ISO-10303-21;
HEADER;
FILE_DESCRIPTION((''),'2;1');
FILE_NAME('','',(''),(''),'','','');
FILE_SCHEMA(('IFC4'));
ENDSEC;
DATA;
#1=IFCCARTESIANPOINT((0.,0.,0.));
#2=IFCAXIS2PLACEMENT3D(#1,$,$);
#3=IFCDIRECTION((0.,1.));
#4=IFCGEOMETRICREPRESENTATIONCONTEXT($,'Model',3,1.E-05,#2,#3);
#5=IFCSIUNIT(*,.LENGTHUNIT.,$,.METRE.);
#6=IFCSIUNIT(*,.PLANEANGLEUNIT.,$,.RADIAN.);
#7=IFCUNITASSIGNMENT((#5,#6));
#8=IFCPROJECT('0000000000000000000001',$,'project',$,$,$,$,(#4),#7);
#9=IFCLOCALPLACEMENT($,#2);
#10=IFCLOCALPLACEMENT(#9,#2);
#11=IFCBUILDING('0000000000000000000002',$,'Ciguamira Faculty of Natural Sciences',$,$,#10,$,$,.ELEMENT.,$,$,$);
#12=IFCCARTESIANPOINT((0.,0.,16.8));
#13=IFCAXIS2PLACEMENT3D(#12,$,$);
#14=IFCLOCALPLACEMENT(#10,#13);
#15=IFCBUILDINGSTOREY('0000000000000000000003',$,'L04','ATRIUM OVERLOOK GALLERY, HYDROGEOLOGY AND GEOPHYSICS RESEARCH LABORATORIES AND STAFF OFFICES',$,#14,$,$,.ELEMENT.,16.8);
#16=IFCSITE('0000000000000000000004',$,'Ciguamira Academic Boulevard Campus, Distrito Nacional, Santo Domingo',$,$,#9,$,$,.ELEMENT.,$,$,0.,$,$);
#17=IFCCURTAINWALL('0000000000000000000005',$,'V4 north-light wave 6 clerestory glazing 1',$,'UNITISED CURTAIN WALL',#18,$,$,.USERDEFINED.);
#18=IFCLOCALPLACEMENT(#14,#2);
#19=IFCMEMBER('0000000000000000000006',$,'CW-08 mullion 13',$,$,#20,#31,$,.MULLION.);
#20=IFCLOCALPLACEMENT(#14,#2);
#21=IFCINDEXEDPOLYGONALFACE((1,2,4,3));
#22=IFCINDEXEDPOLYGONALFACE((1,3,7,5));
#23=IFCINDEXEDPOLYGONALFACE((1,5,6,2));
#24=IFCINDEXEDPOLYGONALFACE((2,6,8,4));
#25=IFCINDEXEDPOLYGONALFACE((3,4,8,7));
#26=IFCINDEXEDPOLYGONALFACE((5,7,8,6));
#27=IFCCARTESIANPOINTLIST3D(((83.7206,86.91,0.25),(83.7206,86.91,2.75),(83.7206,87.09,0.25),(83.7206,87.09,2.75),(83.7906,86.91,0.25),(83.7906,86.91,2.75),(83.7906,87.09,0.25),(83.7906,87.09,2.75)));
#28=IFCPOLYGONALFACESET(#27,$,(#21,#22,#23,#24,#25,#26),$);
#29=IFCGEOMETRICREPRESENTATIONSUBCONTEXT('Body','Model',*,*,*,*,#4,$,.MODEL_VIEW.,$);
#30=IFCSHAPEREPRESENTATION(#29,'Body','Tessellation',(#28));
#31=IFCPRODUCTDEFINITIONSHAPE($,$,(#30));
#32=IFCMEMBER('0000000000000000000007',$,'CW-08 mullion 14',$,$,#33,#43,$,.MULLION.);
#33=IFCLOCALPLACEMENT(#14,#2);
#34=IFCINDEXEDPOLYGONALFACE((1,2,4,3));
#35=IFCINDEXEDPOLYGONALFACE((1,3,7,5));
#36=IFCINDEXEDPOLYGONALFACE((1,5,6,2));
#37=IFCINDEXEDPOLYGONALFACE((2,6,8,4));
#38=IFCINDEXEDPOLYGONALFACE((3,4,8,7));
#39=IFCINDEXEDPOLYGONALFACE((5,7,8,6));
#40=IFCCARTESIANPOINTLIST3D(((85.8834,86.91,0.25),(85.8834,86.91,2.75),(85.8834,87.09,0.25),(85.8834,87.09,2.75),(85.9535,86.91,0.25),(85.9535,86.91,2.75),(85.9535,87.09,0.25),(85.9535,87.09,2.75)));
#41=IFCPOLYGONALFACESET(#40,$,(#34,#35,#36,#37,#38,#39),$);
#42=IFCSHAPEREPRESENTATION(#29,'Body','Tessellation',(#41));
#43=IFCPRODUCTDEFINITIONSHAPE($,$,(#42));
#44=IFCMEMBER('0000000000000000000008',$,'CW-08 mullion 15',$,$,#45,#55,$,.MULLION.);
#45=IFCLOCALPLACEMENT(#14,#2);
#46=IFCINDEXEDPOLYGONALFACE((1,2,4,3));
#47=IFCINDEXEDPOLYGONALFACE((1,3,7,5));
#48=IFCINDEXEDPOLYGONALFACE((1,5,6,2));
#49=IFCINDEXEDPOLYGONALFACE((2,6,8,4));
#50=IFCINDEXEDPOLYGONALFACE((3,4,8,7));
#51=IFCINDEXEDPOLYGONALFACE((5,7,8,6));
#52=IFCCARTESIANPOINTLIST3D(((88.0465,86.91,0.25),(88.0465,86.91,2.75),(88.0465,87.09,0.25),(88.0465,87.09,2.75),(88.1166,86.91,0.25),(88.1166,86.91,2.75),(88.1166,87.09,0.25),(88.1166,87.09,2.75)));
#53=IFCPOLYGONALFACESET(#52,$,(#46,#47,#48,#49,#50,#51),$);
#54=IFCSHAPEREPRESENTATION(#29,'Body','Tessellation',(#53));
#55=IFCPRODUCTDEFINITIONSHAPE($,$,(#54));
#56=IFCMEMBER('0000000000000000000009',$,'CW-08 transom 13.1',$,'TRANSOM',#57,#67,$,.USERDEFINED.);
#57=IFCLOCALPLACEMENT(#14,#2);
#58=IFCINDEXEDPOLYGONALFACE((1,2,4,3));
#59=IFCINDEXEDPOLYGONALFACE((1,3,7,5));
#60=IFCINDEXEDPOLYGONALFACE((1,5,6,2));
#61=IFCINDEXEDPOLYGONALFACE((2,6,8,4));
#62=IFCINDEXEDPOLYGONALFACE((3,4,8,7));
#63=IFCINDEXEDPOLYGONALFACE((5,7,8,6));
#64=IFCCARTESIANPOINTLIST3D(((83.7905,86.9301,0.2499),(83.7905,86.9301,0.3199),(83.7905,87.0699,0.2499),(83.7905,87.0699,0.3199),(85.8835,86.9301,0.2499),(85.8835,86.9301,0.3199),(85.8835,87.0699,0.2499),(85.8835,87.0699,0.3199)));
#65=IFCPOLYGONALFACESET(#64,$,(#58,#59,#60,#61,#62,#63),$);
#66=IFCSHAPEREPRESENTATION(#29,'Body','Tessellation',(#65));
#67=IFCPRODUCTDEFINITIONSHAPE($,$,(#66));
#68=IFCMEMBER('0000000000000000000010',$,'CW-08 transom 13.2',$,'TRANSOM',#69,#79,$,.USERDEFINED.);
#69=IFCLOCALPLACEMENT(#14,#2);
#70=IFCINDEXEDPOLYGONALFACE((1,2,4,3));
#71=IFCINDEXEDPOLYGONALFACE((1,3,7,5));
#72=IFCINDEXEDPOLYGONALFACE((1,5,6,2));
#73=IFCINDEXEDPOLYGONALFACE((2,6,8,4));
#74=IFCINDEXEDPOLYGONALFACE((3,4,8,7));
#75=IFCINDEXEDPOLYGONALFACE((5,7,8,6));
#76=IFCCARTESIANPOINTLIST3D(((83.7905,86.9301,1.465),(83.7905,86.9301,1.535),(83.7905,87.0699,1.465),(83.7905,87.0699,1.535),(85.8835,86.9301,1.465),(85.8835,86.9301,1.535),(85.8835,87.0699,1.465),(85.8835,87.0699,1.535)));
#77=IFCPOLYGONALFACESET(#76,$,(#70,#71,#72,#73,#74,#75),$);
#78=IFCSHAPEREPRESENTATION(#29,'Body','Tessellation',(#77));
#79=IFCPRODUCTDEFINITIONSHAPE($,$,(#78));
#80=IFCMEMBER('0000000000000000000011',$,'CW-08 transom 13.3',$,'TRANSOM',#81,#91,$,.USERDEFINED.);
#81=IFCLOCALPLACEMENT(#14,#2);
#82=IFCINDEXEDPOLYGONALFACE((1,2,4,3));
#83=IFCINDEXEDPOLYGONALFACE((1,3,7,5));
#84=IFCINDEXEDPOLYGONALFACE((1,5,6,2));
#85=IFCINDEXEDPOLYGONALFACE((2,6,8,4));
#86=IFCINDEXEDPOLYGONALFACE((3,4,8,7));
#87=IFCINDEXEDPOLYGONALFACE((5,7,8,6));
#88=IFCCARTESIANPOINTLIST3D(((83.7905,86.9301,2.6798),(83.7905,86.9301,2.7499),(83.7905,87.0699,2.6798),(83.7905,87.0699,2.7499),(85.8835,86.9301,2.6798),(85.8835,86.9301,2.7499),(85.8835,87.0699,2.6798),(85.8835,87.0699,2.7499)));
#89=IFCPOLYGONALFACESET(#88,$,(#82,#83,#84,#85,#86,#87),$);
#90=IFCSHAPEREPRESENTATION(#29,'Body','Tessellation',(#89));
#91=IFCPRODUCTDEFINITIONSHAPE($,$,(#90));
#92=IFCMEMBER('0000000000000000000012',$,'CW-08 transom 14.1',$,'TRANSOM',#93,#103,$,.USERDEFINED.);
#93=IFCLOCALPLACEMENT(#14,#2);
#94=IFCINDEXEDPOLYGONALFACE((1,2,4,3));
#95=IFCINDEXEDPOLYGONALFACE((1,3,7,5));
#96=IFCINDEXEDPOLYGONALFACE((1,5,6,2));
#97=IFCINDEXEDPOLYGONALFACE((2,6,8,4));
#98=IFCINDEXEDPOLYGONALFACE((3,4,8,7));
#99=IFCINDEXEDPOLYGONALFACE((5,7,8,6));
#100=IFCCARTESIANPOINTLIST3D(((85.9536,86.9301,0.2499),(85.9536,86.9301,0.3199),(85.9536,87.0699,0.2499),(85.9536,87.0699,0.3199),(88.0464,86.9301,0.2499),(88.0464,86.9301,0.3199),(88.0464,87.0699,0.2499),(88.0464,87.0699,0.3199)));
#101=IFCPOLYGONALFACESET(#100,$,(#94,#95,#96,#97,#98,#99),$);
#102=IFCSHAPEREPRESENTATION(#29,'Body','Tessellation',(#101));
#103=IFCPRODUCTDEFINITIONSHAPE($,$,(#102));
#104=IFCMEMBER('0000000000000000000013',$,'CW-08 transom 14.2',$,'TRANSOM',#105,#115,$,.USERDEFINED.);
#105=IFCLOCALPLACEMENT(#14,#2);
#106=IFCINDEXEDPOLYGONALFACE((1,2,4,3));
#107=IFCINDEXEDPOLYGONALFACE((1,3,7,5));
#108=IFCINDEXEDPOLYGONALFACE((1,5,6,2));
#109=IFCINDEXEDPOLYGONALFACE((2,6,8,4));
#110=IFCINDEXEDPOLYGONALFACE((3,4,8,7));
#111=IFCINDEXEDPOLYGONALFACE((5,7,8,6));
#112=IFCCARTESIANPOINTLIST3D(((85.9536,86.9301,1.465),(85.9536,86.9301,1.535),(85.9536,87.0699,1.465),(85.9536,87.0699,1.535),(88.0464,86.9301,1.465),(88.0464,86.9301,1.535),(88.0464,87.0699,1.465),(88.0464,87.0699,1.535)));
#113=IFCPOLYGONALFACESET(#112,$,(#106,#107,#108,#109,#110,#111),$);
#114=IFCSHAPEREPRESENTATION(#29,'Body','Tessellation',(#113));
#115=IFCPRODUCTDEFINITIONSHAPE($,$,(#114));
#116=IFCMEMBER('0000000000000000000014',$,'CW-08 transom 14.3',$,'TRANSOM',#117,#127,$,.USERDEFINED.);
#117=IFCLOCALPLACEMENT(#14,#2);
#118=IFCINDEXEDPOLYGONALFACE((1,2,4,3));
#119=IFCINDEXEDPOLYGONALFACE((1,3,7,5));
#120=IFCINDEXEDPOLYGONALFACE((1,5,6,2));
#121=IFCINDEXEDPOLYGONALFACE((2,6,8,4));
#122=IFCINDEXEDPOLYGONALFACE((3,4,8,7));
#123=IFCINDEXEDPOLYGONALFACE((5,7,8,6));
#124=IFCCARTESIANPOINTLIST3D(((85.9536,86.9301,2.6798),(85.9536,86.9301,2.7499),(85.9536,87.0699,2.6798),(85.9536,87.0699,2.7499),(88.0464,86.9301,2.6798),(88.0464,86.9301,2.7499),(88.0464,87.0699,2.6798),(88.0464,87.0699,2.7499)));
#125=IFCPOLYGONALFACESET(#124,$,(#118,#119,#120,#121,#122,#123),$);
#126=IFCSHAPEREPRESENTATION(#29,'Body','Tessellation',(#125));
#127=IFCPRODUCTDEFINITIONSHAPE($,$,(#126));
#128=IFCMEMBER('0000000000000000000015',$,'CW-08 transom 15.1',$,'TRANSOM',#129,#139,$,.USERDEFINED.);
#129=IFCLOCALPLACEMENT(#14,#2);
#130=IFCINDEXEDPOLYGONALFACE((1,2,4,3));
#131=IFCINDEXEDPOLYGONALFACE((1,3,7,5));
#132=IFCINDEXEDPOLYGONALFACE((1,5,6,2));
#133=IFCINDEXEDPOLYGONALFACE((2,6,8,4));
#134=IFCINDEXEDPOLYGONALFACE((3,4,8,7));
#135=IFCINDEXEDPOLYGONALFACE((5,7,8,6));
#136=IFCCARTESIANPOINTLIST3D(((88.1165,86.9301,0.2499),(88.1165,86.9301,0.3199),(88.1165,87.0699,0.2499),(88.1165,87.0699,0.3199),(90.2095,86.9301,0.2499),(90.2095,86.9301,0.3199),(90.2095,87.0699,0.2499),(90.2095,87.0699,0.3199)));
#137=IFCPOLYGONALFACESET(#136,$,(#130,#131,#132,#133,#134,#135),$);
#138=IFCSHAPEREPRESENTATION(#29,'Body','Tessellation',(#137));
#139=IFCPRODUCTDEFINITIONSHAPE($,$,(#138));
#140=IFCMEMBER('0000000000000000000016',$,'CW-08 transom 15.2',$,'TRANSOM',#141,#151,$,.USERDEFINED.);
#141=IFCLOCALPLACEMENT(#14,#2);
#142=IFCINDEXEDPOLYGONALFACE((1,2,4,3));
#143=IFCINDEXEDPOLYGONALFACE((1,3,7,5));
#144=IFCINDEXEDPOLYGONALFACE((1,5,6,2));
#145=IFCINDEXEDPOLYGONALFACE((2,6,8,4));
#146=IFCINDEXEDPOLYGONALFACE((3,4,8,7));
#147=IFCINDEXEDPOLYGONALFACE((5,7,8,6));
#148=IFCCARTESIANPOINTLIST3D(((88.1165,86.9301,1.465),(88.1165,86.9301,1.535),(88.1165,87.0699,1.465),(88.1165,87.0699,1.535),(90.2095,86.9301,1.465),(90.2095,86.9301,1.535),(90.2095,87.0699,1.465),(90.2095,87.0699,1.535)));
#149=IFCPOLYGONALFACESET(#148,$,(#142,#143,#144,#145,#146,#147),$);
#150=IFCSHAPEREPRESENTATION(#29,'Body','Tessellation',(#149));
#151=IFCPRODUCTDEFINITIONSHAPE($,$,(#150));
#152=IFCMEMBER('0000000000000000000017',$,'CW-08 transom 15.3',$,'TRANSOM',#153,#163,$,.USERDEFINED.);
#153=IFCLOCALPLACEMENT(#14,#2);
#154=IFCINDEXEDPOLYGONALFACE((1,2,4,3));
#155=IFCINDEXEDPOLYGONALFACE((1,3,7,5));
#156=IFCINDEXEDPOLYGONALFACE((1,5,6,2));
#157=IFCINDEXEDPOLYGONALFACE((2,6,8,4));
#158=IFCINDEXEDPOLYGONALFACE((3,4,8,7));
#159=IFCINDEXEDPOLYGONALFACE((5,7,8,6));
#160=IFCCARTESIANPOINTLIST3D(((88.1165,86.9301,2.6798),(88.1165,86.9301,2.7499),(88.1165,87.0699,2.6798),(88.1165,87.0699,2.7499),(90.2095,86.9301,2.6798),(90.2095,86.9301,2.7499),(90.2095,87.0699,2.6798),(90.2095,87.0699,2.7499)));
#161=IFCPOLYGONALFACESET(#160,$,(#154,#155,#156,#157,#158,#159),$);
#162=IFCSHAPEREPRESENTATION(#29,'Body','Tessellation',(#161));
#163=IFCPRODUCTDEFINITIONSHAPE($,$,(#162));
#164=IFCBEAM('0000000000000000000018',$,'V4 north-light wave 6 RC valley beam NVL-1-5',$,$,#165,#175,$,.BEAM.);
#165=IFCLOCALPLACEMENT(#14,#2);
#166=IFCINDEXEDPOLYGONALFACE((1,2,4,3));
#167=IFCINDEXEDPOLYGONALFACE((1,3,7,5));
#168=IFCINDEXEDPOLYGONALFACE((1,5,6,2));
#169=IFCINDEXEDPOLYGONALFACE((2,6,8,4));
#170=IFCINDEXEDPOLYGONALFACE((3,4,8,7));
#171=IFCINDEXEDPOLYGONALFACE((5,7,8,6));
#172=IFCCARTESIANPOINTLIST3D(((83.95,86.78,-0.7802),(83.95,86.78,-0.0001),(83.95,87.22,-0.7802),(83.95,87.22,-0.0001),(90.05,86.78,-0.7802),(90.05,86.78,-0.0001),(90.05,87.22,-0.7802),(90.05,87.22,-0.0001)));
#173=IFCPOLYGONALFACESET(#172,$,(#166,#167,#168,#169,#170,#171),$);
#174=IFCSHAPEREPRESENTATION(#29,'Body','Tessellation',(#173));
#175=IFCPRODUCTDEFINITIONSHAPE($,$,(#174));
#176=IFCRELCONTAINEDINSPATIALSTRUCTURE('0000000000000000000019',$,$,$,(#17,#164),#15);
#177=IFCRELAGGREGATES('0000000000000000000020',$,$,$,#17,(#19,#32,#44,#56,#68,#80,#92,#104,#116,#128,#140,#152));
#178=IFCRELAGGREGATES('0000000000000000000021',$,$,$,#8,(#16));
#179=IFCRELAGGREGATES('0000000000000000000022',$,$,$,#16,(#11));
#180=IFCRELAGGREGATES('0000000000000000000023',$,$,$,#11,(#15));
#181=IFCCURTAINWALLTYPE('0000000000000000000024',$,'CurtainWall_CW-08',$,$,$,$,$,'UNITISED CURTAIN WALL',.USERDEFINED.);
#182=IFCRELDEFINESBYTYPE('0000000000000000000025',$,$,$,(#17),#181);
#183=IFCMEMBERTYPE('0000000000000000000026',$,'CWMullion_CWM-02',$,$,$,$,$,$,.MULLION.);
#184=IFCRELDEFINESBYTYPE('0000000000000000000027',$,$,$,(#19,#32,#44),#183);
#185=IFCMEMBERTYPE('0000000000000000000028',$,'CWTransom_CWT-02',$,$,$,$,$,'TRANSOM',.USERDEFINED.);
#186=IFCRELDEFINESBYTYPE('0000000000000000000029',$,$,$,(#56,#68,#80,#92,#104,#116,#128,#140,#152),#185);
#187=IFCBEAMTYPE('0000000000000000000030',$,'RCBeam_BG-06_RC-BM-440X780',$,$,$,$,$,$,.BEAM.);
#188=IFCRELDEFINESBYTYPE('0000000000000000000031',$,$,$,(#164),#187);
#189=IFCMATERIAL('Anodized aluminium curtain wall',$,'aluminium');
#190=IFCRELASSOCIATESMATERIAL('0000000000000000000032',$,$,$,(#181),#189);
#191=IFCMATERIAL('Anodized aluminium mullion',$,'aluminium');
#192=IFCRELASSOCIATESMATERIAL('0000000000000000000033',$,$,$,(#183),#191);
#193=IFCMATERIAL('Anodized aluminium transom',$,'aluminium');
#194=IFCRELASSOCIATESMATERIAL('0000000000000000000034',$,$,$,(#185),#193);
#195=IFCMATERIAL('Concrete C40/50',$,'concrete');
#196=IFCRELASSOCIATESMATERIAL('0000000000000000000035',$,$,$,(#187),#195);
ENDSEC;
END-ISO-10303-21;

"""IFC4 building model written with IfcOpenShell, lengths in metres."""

from ifc_helpers import new_model, si_unit, direction, frame, origin, origin_2d, place, context, subcontext, project, spatial, rectangle, extrude, material, material_profile, profile_set, type_object, element, aggregate, save


model = new_model("IFC4")

# Units and contexts
model_context = context("Model", 3, precision=1e-05, world=origin(), true_north=direction((0.0, 1.0)))
body_context = subcontext(model_context, "Body", "Model", "MODEL_VIEW")
ifc_project = project(units=[si_unit("LENGTHUNIT", "METRE"), si_unit("PLANEANGLEUNIT", "RADIAN")], contexts=[model_context])

# Site, building, storey
site_placement = place(None, origin())
site = spatial("IfcSite", under=ifc_project, at=site_placement, Name="Ciguamira Academic Boulevard Campus, Distrito Nacional, Santo Domingo", CompositionType="ELEMENT", RefElevation=0.0)
building_placement = place(site_placement, origin())
building = spatial("IfcBuilding", under=site, at=building_placement, Name="Ciguamira Faculty of Natural Sciences", CompositionType="ELEMENT")
storey_placement = place(building_placement, frame((0.0, 0.0, 16.8)))
storey = spatial("IfcBuildingStorey", under=building, at=storey_placement, Name="L04", Description="ATRIUM OVERLOOK GALLERY, HYDROGEOLOGY AND GEOPHYSICS RESEARCH LABORATORIES AND STAFF OFFICES", CompositionType="ELEMENT", Elevation=16.8)

# Curtain wall, members
ifc_material_1 = material(Name="Anodized aluminium curtain wall", Category="aluminium")
curtain_wall_type_1 = type_object("IfcCurtainWallType", Name="CurtainWall_CW-08", ElementType="UNITISED CURTAIN WALL", PredefinedType="USERDEFINED", material=ifc_material_1)
curtain_wall_1_placement = place(storey_placement, origin())
curtain_wall_1 = element("IfcCurtainWall", 1, at=curtain_wall_1_placement, inside=storey, type_object=curtain_wall_type_1, Name="V4 north-light wave 6 clerestory glazing 1", ObjectType="UNITISED CURTAIN WALL", PredefinedType="USERDEFINED")
ifc_material_2 = material(Name="Anodized aluminium mullion", Category="aluminium")
ifc_material_profile_1 = material_profile(ifc_material_2, rectangle(XDim=0.0701, YDim=0.1799, at=origin_2d()), Name="ALU-MUL-70X180")
ifc_profile_set_1 = profile_set([ifc_material_profile_1], Name="Anodized aluminium mullion")
member_type_1 = type_object("IfcMemberType", Name="CWMullion_CWM-02", PredefinedType="MULLION", material=ifc_profile_set_1)
member_1_placement = place(storey_placement, frame((83.7556, 87.0, 0.25), z_axis=(0.0, 0.0, 1.0), x_axis=(1.0, 0.0, 0.0)))
member_1 = element("IfcMember", 2, at=member_1_placement, type_object=member_type_1, Name="CW-08 mullion 13", PredefinedType="MULLION", context=body_context, shape_type="SweptSolid", body=[
    extrude(rectangle(XDim=0.0701, YDim=0.1799, at=origin_2d()), origin(), (0.0, 0.0, 1.0), 2.5),
])
member_2_placement = place(storey_placement, frame((85.9185, 87.0, 0.25), z_axis=(0.0, 0.0, 1.0), x_axis=(1.0, 0.0, 0.0)))
member_2 = element("IfcMember", 3, at=member_2_placement, type_object=member_type_1, Name="CW-08 mullion 14", PredefinedType="MULLION", context=body_context, shape_type="SweptSolid", body=[
    extrude(rectangle(XDim=0.0701, YDim=0.1799, at=origin_2d()), origin(), (0.0, 0.0, 1.0), 2.5),
])
member_3_placement = place(storey_placement, frame((88.0815, 87.0, 0.25), z_axis=(0.0, 0.0, 1.0), x_axis=(1.0, 0.0, 0.0)))
member_3 = element("IfcMember", 4, at=member_3_placement, type_object=member_type_1, Name="CW-08 mullion 15", PredefinedType="MULLION", context=body_context, shape_type="SweptSolid", body=[
    extrude(rectangle(XDim=0.0701, YDim=0.1799, at=origin_2d()), origin(), (0.0, 0.0, 1.0), 2.5),
])
ifc_material_3 = material(Name="Anodized aluminium transom", Category="aluminium")
ifc_material_profile_2 = material_profile(ifc_material_3, rectangle(XDim=0.0701, YDim=0.1399, at=origin_2d()), Name="ALU-TRN-70X140")
ifc_profile_set_2 = profile_set([ifc_material_profile_2], Name="Anodized aluminium transom")
member_type_2 = type_object("IfcMemberType", Name="CWTransom_CWT-02", ElementType="TRANSOM", PredefinedType="USERDEFINED", material=ifc_profile_set_2)
member_4_placement = place(storey_placement, frame((83.7905, 87.0, 0.2849), z_axis=(1.0, 0.0, 0.0), x_axis=(0.0, 0.0, 1.0)))
member_4 = element("IfcMember", 5, at=member_4_placement, type_object=member_type_2, Name="CW-08 transom 13.1", ObjectType="TRANSOM", PredefinedType="USERDEFINED", context=body_context, shape_type="SweptSolid", body=[
    extrude(rectangle(XDim=0.0701, YDim=0.1399, at=origin_2d()), origin(), (0.0, 0.0, 1.0), 2.093),
])
member_5_placement = place(storey_placement, frame((83.7905, 87.0, 1.5), z_axis=(1.0, 0.0, 0.0), x_axis=(0.0, 0.0, 1.0)))
member_5 = element("IfcMember", 6, at=member_5_placement, type_object=member_type_2, Name="CW-08 transom 13.2", ObjectType="TRANSOM", PredefinedType="USERDEFINED", context=body_context, shape_type="SweptSolid", body=[
    extrude(rectangle(XDim=0.0701, YDim=0.1399, at=origin_2d()), origin(), (0.0, 0.0, 1.0), 2.093),
])
member_6_placement = place(storey_placement, frame((83.7905, 87.0, 2.7148), z_axis=(1.0, 0.0, 0.0), x_axis=(0.0, 0.0, 1.0)))
member_6 = element("IfcMember", 7, at=member_6_placement, type_object=member_type_2, Name="CW-08 transom 13.3", ObjectType="TRANSOM", PredefinedType="USERDEFINED", context=body_context, shape_type="SweptSolid", body=[
    extrude(rectangle(XDim=0.0701, YDim=0.1399, at=origin_2d()), origin(), (0.0, 0.0, 1.0), 2.093),
])
member_7_placement = place(storey_placement, frame((85.9536, 87.0, 0.2849), z_axis=(1.0, 0.0, 0.0), x_axis=(0.0, 0.0, 1.0)))
member_7 = element("IfcMember", 8, at=member_7_placement, type_object=member_type_2, Name="CW-08 transom 14.1", ObjectType="TRANSOM", PredefinedType="USERDEFINED", context=body_context, shape_type="SweptSolid", body=[
    extrude(rectangle(XDim=0.0701, YDim=0.1399, at=origin_2d()), origin(), (0.0, 0.0, 1.0), 2.0928),
])
member_8_placement = place(storey_placement, frame((85.9536, 87.0, 1.5), z_axis=(1.0, 0.0, 0.0), x_axis=(0.0, 0.0, 1.0)))
member_8 = element("IfcMember", 9, at=member_8_placement, type_object=member_type_2, Name="CW-08 transom 14.2", ObjectType="TRANSOM", PredefinedType="USERDEFINED", context=body_context, shape_type="SweptSolid", body=[
    extrude(rectangle(XDim=0.0701, YDim=0.1399, at=origin_2d()), origin(), (0.0, 0.0, 1.0), 2.0928),
])
member_9_placement = place(storey_placement, frame((85.9536, 87.0, 2.7148), z_axis=(1.0, 0.0, 0.0), x_axis=(0.0, 0.0, 1.0)))
member_9 = element("IfcMember", 10, at=member_9_placement, type_object=member_type_2, Name="CW-08 transom 14.3", ObjectType="TRANSOM", PredefinedType="USERDEFINED", context=body_context, shape_type="SweptSolid", body=[
    extrude(rectangle(XDim=0.0701, YDim=0.1399, at=origin_2d()), origin(), (0.0, 0.0, 1.0), 2.0928),
])
member_10_placement = place(storey_placement, frame((88.1165, 87.0, 0.2849), z_axis=(1.0, 0.0, 0.0), x_axis=(0.0, 0.0, 1.0)))
member_10 = element("IfcMember", 11, at=member_10_placement, type_object=member_type_2, Name="CW-08 transom 15.1", ObjectType="TRANSOM", PredefinedType="USERDEFINED", context=body_context, shape_type="SweptSolid", body=[
    extrude(rectangle(XDim=0.0701, YDim=0.1399, at=origin_2d()), origin(), (0.0, 0.0, 1.0), 2.093),
])
member_11_placement = place(storey_placement, frame((88.1165, 87.0, 1.5), z_axis=(1.0, 0.0, 0.0), x_axis=(0.0, 0.0, 1.0)))
member_11 = element("IfcMember", 12, at=member_11_placement, type_object=member_type_2, Name="CW-08 transom 15.2", ObjectType="TRANSOM", PredefinedType="USERDEFINED", context=body_context, shape_type="SweptSolid", body=[
    extrude(rectangle(XDim=0.0701, YDim=0.1399, at=origin_2d()), origin(), (0.0, 0.0, 1.0), 2.093),
])
member_12_placement = place(storey_placement, frame((88.1165, 87.0, 2.7148), z_axis=(1.0, 0.0, 0.0), x_axis=(0.0, 0.0, 1.0)))
member_12 = element("IfcMember", 13, at=member_12_placement, type_object=member_type_2, Name="CW-08 transom 15.3", ObjectType="TRANSOM", PredefinedType="USERDEFINED", context=body_context, shape_type="SweptSolid", body=[
    extrude(rectangle(XDim=0.0701, YDim=0.1399, at=origin_2d()), origin(), (0.0, 0.0, 1.0), 2.093),
])

# Beam
ifc_material_4 = material(Name="Concrete C40/50", Category="concrete")
ifc_material_profile_3 = material_profile(ifc_material_4, rectangle(XDim=0.4399, YDim=0.78, at=origin_2d()), Name="RC-BM-440X780")
ifc_profile_set_3 = profile_set([ifc_material_profile_3], Name="Concrete C40/50")
beam_type = type_object("IfcBeamType", Name="RCBeam_BG-06_RC-BM-440X780", PredefinedType="BEAM", material=ifc_profile_set_3)
beam_placement = place(storey_placement, frame((83.95, 87.0, -0.3901), z_axis=(1.0, 0.0, 0.0), x_axis=(0.0, 1.0, 0.0)))
element("IfcBeam", 14, at=beam_placement, inside=storey, type_object=beam_type, Name="V4 north-light wave 6 RC valley beam NVL-1-5", PredefinedType="BEAM", context=body_context, shape_type="SweptSolid", body=[
    extrude(rectangle(XDim=0.4399, YDim=0.78, at=origin_2d()), origin(), (0.0, 0.0, 1.0), 6.1001),
])

aggregate(curtain_wall_1, [member_1, member_2, member_3, member_4, member_5, member_6, member_7, member_8, member_9, member_10, member_11, member_12])

save(model, "model.ifc")
